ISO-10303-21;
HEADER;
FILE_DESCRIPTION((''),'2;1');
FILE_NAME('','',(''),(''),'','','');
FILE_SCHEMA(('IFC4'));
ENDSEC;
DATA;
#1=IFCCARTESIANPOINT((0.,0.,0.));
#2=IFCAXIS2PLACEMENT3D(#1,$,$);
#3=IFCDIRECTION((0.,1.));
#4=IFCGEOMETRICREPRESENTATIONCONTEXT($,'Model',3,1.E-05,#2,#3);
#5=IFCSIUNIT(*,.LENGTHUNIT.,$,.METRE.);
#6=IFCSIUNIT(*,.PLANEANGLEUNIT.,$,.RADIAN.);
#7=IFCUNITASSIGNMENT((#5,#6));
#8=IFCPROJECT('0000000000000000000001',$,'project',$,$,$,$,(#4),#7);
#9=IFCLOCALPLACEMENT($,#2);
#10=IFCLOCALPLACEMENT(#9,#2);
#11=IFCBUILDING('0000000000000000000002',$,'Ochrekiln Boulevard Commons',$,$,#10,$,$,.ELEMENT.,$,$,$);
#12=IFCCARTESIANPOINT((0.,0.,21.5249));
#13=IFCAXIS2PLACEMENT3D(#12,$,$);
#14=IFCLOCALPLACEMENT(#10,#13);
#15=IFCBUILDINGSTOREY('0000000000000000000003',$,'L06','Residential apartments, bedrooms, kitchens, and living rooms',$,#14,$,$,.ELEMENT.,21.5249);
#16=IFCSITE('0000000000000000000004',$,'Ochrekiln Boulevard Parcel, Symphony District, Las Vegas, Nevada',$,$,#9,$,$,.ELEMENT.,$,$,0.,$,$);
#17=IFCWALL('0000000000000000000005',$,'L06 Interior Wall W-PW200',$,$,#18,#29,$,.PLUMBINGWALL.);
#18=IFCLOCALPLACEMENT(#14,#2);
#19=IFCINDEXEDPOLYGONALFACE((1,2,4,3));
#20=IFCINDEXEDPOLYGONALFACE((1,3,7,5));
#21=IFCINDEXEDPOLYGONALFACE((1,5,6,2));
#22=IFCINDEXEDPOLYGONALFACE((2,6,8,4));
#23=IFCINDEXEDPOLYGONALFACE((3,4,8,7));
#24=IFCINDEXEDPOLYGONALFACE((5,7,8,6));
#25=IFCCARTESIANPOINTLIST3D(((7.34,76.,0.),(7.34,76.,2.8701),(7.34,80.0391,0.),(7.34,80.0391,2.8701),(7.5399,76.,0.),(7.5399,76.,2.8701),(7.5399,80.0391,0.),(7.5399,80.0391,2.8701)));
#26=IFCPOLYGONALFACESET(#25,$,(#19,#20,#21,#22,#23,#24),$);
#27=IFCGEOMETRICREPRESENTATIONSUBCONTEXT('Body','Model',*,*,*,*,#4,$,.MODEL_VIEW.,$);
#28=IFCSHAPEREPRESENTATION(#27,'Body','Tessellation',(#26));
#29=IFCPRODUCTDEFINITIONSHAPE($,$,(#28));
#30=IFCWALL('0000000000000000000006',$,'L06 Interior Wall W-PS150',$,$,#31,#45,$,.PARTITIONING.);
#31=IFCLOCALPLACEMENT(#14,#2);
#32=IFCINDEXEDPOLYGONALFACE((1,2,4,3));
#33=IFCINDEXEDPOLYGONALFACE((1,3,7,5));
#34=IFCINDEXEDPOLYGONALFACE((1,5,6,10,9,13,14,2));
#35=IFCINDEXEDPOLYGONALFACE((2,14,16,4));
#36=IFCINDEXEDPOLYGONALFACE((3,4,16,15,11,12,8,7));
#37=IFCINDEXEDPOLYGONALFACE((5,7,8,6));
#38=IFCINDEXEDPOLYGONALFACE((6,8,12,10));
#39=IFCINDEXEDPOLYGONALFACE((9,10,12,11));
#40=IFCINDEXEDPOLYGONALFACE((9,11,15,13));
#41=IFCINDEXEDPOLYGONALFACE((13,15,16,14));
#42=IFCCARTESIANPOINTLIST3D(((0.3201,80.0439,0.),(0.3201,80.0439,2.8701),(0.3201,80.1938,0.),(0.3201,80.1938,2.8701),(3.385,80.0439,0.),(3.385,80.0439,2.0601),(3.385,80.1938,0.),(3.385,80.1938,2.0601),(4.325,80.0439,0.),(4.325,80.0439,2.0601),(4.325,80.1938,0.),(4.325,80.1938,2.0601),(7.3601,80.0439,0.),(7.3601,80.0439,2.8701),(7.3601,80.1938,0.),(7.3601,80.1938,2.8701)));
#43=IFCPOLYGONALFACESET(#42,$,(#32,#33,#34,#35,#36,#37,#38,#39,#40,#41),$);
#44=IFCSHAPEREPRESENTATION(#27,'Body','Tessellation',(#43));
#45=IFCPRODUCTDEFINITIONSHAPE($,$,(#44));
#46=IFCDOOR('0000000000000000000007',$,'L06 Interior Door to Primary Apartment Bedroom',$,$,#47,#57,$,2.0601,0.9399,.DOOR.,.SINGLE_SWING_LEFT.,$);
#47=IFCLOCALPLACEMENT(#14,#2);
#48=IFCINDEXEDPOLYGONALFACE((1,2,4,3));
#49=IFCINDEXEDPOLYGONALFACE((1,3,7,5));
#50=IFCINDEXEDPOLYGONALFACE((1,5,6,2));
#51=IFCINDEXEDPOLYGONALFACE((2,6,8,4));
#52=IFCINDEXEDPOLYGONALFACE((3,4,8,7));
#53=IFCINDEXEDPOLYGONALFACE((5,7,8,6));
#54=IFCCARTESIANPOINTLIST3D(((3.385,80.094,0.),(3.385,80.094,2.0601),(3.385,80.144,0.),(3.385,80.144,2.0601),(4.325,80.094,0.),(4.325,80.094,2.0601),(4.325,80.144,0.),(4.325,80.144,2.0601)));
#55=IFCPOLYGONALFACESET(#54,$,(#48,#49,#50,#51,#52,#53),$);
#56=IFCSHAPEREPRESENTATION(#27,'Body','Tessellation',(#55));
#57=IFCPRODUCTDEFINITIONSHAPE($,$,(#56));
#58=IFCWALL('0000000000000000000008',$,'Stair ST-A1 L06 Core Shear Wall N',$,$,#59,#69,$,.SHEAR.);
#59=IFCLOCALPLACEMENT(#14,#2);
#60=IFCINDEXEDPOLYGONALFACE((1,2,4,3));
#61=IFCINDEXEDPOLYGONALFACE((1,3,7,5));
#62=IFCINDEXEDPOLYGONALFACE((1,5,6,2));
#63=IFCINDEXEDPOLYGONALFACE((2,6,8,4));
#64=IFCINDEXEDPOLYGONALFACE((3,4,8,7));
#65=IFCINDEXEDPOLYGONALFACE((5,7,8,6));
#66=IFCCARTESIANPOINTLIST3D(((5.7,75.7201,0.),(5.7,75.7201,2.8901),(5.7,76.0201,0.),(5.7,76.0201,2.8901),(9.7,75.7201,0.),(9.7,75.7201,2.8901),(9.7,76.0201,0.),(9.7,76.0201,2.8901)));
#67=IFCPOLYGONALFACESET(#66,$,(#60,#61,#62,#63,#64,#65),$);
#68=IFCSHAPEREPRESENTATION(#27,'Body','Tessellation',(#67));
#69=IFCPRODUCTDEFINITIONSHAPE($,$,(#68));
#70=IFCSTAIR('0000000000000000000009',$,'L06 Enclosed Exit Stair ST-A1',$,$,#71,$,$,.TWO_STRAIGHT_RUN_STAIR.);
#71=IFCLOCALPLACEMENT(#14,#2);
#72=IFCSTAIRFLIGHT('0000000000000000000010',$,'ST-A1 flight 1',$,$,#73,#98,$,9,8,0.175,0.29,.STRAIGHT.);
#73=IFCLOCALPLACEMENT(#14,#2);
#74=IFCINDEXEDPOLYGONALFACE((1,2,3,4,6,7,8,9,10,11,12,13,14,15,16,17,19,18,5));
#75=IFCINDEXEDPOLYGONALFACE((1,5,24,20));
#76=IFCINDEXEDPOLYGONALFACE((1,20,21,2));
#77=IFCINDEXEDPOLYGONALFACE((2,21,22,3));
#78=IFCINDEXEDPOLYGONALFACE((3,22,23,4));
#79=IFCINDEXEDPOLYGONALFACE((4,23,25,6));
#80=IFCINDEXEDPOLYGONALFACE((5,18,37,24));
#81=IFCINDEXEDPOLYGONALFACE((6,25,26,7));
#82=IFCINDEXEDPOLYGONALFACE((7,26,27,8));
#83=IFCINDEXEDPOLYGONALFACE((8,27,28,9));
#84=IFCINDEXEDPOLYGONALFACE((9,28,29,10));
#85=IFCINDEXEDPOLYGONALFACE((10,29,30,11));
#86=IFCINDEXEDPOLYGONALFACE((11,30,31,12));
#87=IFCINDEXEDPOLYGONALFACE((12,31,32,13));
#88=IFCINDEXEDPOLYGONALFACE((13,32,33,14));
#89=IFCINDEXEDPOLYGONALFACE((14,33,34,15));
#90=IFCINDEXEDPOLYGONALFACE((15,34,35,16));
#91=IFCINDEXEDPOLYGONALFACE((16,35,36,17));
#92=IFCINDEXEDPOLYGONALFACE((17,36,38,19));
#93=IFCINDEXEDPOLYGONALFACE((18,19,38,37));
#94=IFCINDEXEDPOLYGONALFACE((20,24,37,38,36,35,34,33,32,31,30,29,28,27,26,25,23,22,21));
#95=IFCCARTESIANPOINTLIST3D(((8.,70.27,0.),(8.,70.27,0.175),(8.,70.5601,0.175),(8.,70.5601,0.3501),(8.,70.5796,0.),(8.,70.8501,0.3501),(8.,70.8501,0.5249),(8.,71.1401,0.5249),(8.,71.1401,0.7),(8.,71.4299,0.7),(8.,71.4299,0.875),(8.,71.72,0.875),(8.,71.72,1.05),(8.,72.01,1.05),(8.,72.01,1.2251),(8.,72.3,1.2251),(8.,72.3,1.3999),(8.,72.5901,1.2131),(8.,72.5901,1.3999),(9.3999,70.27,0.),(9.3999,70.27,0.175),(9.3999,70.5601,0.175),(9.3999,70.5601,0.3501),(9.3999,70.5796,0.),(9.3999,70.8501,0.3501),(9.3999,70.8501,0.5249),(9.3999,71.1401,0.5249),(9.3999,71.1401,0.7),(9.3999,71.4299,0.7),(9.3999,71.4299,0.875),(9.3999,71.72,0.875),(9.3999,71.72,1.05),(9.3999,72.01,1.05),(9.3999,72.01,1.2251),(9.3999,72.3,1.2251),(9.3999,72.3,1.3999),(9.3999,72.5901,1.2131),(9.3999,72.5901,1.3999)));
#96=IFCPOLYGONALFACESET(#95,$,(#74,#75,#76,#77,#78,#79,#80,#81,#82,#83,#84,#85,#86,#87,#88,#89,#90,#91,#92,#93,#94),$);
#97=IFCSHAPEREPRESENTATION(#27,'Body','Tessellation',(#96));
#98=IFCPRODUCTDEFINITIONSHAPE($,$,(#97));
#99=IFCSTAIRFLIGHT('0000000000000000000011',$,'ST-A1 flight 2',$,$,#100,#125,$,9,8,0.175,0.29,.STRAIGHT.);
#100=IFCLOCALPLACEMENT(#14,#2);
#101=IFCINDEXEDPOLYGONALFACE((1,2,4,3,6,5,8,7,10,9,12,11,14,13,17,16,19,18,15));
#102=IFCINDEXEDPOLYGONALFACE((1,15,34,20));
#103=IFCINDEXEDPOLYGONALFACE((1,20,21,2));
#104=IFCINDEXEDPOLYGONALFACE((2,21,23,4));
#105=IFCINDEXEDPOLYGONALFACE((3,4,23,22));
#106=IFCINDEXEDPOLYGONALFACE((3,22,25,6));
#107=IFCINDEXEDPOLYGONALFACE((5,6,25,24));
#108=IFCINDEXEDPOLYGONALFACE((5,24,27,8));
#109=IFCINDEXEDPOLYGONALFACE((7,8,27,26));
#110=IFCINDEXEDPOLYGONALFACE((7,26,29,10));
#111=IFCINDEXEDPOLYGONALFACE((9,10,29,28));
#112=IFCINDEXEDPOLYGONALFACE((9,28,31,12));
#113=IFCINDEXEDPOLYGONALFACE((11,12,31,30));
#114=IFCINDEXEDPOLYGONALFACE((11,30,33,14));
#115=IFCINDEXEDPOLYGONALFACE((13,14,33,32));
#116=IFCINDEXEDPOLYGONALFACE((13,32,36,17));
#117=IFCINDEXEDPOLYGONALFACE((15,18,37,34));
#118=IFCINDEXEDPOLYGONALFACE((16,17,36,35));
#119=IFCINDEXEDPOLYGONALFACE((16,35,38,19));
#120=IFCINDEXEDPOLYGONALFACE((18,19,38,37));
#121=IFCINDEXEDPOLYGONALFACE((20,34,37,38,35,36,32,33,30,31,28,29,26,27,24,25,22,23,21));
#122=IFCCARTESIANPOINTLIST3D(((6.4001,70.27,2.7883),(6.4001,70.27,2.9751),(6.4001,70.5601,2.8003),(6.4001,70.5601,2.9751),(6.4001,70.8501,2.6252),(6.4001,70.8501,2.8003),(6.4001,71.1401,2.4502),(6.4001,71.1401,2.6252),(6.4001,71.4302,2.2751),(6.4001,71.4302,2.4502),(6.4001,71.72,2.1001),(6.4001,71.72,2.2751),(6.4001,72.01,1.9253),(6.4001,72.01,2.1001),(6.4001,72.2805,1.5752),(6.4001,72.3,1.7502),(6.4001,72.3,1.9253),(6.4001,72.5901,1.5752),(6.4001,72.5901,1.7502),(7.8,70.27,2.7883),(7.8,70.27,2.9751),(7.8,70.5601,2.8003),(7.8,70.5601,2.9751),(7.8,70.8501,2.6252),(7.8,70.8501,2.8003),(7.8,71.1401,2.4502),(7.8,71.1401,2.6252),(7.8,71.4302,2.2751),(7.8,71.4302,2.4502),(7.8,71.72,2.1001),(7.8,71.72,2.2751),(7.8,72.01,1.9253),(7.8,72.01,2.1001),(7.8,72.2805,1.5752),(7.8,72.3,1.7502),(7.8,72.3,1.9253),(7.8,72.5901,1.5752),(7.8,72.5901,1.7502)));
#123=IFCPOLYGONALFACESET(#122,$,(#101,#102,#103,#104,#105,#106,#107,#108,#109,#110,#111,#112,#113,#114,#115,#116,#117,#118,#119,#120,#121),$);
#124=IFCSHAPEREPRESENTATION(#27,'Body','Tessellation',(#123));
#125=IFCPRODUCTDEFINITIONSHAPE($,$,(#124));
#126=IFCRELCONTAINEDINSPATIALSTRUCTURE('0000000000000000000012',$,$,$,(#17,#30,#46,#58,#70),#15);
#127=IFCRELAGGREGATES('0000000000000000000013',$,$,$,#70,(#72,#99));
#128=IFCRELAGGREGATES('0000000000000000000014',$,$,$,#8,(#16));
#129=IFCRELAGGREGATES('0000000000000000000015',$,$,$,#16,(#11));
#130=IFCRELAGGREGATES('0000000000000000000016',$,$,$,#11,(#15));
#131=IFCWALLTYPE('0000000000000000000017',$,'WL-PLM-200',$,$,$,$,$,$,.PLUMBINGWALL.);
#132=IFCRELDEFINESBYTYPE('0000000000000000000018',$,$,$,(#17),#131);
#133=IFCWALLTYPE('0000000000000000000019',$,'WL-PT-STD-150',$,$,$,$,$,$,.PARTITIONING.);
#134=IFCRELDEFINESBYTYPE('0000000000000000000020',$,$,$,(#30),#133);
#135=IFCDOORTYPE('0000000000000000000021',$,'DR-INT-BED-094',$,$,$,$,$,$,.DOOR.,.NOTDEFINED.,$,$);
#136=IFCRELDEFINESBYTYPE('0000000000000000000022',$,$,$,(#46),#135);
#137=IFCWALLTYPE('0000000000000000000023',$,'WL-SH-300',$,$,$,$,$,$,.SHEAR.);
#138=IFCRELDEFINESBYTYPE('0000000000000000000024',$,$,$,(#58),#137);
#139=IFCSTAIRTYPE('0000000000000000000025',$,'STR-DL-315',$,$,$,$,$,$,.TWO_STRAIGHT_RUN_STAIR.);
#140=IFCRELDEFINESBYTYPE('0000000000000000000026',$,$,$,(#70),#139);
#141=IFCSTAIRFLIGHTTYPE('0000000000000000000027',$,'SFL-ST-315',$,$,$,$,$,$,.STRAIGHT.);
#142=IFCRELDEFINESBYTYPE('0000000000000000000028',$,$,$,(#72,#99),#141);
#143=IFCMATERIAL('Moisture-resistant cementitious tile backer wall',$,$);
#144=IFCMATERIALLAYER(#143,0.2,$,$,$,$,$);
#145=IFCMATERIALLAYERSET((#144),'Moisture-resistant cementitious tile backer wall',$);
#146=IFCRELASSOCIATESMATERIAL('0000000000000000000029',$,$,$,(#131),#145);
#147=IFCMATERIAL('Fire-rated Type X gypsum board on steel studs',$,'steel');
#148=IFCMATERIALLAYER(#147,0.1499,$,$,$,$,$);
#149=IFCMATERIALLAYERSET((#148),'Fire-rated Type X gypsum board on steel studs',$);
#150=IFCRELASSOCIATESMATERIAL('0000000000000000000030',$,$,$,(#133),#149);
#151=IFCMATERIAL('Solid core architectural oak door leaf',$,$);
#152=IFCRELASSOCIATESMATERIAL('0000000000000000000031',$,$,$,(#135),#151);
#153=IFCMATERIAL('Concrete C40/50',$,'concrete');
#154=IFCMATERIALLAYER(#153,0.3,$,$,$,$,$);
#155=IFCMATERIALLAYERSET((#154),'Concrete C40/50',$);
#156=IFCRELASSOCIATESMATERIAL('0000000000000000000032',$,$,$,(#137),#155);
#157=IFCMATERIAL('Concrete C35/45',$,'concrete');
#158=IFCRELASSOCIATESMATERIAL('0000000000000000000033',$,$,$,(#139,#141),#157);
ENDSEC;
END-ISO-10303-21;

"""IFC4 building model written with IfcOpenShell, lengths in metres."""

from ifc_helpers import new_model, si_unit, direction, frame, frame_2d, origin, place, context, subcontext, project, spatial, polyline, rectangle, outline, extrude, material, layer, layer_set, type_object, element, fill, aggregate, save


model = new_model("IFC4")

# Units and contexts
model_context = context("Model", 3, precision=1e-05, world=origin(), true_north=direction((0.0, 1.0)))
body_context = subcontext(model_context, "Body", "Model", "MODEL_VIEW")
ifc_project = project(units=[si_unit("LENGTHUNIT", "METRE"), si_unit("PLANEANGLEUNIT", "RADIAN")], contexts=[model_context])

# Site, building, storey
site_placement = place(None, origin())
site = spatial("IfcSite", under=ifc_project, at=site_placement, Name="Ochrekiln Boulevard Parcel, Symphony District, Las Vegas, Nevada", CompositionType="ELEMENT", RefElevation=0.0)
building_placement = place(site_placement, origin())
building = spatial("IfcBuilding", under=site, at=building_placement, Name="Ochrekiln Boulevard Commons", CompositionType="ELEMENT")
storey_placement = place(building_placement, frame((0.0, 0.0, 21.5249)))
storey = spatial("IfcBuildingStorey", under=building, at=storey_placement, Name="L06", Description="Residential apartments, bedrooms, kitchens, and living rooms", CompositionType="ELEMENT", Elevation=21.5249)

# Shared definitions
ifc_material_1 = material(Name="Concrete C35/45", Category="concrete")
ifc_material_2 = material(Name="Concrete C40/50", Category="concrete")

# Shared definitions
ifc_material_3 = material(Name="Moisture-resistant cementitious tile backer wall")
ifc_layer_1 = layer(ifc_material_3, 0.2)
ifc_layer_set_1 = layer_set([ifc_layer_1], Name="Moisture-resistant cementitious tile backer wall")
wall_type_1 = type_object("IfcWallType", Name="WL-PLM-200", PredefinedType="PLUMBINGWALL", material=ifc_layer_set_1)
ifc_material_4 = material(Name="Solid core architectural oak door leaf")

# Wall
wall_1_placement = place(storey_placement, frame((7.4399, 76.0, 0.0), z_axis=(0.0, 0.0, 1.0), x_axis=(0.0, 1.0, 0.0)))
element("IfcWall", 1, at=wall_1_placement, inside=storey, type_object=wall_type_1, Name="L06 Interior Wall W-PW200", PredefinedType="PLUMBINGWALL", context=body_context, shape_type="SweptSolid", body=[
    extrude(rectangle(XDim=4.0391, YDim=0.2, at=frame_2d((2.0195, 0.0))), origin(), (0.0, 0.0, 1.0), 2.8701),
])

# Wall, opening, door
ifc_material_5 = material(Name="Fire-rated Type X gypsum board on steel studs", Category="steel")
ifc_layer_2 = layer(ifc_material_5, 0.1499)
ifc_layer_set_2 = layer_set([ifc_layer_2], Name="Fire-rated Type X gypsum board on steel studs")
wall_type_2 = type_object("IfcWallType", Name="WL-PT-STD-150", PredefinedType="PARTITIONING", material=ifc_layer_set_2)
wall_2_placement = place(storey_placement, frame((0.3201, 80.1189, 0.0), z_axis=(0.0, 0.0, 1.0), x_axis=(1.0, 0.0, 0.0)))
wall_2 = element("IfcWall", 2, at=wall_2_placement, inside=storey, type_object=wall_type_2, Name="L06 Interior Wall W-PS150", PredefinedType="PARTITIONING", context=body_context, shape_type="SweptSolid", body=[
    extrude(rectangle(XDim=7.04, YDim=0.1499, at=frame_2d((3.52, 0.0))), origin(), (0.0, 0.0, 1.0), 2.8701),
])
opening_1_placement = place(wall_2_placement, frame((3.0649, 0.0, 0.0)))
opening_1 = element("IfcOpeningElement", 3, at=opening_1_placement, cuts=wall_2, PredefinedType="OPENING", context=body_context, shape_type="SweptSolid", body=[
    extrude(rectangle(XDim=0.9399, YDim=2.0601, at=frame_2d((0.47, 1.03))), frame((0.0, 0.085, 0.0), z_axis=(0.0, -1.0, 0.0), x_axis=(1.0, 0.0, 0.0)), (0.0, 0.0, 1.0), 0.1699),
])
door_type_1 = type_object("IfcDoorType", Name="DR-INT-BED-094", OperationType="NOTDEFINED", PredefinedType="DOOR", material=ifc_material_4)
door_1_placement = place(opening_1_placement, frame((0.9399, 0.0, 0.0), z_axis=(0.0, 0.0, 1.0), x_axis=(-1.0, 0.0, 0.0)))
door_1 = element("IfcDoor", 4, at=door_1_placement, inside=storey, type_object=door_type_1, Name="L06 Interior Door to Primary Apartment Bedroom", OperationType="SINGLE_SWING_LEFT", OverallHeight=2.0601, OverallWidth=0.9399, PredefinedType="DOOR", context=body_context, shape_type="SweptSolid", body=[
    extrude(rectangle(XDim=0.9399, YDim=2.0601, at=frame_2d((0.47, 1.03))), frame((0.0, 0.0249, 0.0), z_axis=(0.0, -1.0, 0.0), x_axis=(1.0, 0.0, 0.0)), (0.0, 0.0, 1.0), 0.05),
])
fill(opening_1, door_1)

# Wall
ifc_layer_3 = layer(ifc_material_2, 0.3)
ifc_layer_set_3 = layer_set([ifc_layer_3], Name="Concrete C40/50")
wall_type_3 = type_object("IfcWallType", Name="WL-SH-300", PredefinedType="SHEAR", material=ifc_layer_set_3)
wall_3_placement = place(storey_placement, frame((5.7, 75.8701, 0.0), z_axis=(0.0, 0.0, 1.0), x_axis=(1.0, 0.0, 0.0)))
element("IfcWall", 5, at=wall_3_placement, inside=storey, type_object=wall_type_3, Name="Stair ST-A1 L06 Core Shear Wall N", PredefinedType="SHEAR", context=body_context, shape_type="SweptSolid", body=[
    extrude(rectangle(XDim=4.0, YDim=0.3, at=frame_2d((2.0, 0.0))), origin(), (0.0, 0.0, 1.0), 2.8901),
])

# Stair, stair flights
stair_type = type_object("IfcStairType", Name="STR-DL-315", PredefinedType="TWO_STRAIGHT_RUN_STAIR", material=ifc_material_1)
stair_placement = place(storey_placement, origin())
stair = element("IfcStair", 6, at=stair_placement, inside=storey, type_object=stair_type, Name="L06 Enclosed Exit Stair ST-A1", PredefinedType="TWO_STRAIGHT_RUN_STAIR")
stair_flight_type = type_object("IfcStairFlightType", Name="SFL-ST-315", PredefinedType="STRAIGHT", material=ifc_material_1)
stair_flight_1_placement = place(storey_placement, frame((8.7, 70.27, 0.0), z_axis=(0.0, 0.0, 1.0), x_axis=(0.0, 1.0, 0.0)))
stair_flight_1 = element("IfcStairFlight", 7, at=stair_flight_1_placement, type_object=stair_flight_type, Name="ST-A1 flight 1", NumberOfRisers=9, NumberOfTreads=8, PredefinedType="STRAIGHT", RiserHeight=0.175, TreadLength=0.29, context=body_context, shape_type="SweptSolid", body=[
    extrude(outline(polyline([(0.0, 0.0), (0.0, 0.175), (0.29, 0.175), (0.29, 0.3501), (0.5801, 0.3501), (0.5801, 0.5249), (0.8701, 0.5249), (0.8701, 0.7), (1.1599, 0.7), (1.1599, 0.875), (1.45, 0.875), (1.45, 1.05), (1.74, 1.05), (1.74, 1.2251), (2.03, 1.2251), (2.03, 1.3999), (2.3201, 1.3999), (2.3201, 1.575), (2.3201, 1.2131), (0.3096, 0.0), (0.0, 0.0)])), frame((0.0, 0.7, 0.0), z_axis=(0.0, -1.0, 0.0), x_axis=(1.0, 0.0, 0.0)), (0.0, 0.0, 1.0), 1.3999),
])
stair_flight_2_placement = place(storey_placement, frame((7.1001, 72.5901, 1.5752), z_axis=(0.0, 0.0, 1.0), x_axis=(0.0, -1.0, 0.0)))
stair_flight_2 = element("IfcStairFlight", 8, at=stair_flight_2_placement, type_object=stair_flight_type, Name="ST-A1 flight 2", NumberOfRisers=9, NumberOfTreads=8, PredefinedType="STRAIGHT", RiserHeight=0.175, TreadLength=0.29, context=body_context, shape_type="SweptSolid", body=[
    extrude(outline(polyline([(0.0, 0.0), (0.0, 0.175), (0.29, 0.175), (0.29, 0.3501), (0.5801, 0.3501), (0.5801, 0.5249), (0.8701, 0.5249), (0.8701, 0.7), (1.1599, 0.7), (1.1599, 0.875), (1.45, 0.875), (1.45, 1.05), (1.74, 1.05), (1.74, 1.2251), (2.03, 1.2251), (2.03, 1.3999), (2.3201, 1.3999), (2.3201, 1.575), (2.3201, 1.2131), (0.3096, 0.0), (0.0, 0.0)])), frame((0.0, 0.7, 0.0), z_axis=(0.0, -1.0, 0.0), x_axis=(1.0, 0.0, 0.0)), (0.0, 0.0, 1.0), 1.3999),
])
aggregate(stair, [stair_flight_1, stair_flight_2])

save(model, "model.ifc")
